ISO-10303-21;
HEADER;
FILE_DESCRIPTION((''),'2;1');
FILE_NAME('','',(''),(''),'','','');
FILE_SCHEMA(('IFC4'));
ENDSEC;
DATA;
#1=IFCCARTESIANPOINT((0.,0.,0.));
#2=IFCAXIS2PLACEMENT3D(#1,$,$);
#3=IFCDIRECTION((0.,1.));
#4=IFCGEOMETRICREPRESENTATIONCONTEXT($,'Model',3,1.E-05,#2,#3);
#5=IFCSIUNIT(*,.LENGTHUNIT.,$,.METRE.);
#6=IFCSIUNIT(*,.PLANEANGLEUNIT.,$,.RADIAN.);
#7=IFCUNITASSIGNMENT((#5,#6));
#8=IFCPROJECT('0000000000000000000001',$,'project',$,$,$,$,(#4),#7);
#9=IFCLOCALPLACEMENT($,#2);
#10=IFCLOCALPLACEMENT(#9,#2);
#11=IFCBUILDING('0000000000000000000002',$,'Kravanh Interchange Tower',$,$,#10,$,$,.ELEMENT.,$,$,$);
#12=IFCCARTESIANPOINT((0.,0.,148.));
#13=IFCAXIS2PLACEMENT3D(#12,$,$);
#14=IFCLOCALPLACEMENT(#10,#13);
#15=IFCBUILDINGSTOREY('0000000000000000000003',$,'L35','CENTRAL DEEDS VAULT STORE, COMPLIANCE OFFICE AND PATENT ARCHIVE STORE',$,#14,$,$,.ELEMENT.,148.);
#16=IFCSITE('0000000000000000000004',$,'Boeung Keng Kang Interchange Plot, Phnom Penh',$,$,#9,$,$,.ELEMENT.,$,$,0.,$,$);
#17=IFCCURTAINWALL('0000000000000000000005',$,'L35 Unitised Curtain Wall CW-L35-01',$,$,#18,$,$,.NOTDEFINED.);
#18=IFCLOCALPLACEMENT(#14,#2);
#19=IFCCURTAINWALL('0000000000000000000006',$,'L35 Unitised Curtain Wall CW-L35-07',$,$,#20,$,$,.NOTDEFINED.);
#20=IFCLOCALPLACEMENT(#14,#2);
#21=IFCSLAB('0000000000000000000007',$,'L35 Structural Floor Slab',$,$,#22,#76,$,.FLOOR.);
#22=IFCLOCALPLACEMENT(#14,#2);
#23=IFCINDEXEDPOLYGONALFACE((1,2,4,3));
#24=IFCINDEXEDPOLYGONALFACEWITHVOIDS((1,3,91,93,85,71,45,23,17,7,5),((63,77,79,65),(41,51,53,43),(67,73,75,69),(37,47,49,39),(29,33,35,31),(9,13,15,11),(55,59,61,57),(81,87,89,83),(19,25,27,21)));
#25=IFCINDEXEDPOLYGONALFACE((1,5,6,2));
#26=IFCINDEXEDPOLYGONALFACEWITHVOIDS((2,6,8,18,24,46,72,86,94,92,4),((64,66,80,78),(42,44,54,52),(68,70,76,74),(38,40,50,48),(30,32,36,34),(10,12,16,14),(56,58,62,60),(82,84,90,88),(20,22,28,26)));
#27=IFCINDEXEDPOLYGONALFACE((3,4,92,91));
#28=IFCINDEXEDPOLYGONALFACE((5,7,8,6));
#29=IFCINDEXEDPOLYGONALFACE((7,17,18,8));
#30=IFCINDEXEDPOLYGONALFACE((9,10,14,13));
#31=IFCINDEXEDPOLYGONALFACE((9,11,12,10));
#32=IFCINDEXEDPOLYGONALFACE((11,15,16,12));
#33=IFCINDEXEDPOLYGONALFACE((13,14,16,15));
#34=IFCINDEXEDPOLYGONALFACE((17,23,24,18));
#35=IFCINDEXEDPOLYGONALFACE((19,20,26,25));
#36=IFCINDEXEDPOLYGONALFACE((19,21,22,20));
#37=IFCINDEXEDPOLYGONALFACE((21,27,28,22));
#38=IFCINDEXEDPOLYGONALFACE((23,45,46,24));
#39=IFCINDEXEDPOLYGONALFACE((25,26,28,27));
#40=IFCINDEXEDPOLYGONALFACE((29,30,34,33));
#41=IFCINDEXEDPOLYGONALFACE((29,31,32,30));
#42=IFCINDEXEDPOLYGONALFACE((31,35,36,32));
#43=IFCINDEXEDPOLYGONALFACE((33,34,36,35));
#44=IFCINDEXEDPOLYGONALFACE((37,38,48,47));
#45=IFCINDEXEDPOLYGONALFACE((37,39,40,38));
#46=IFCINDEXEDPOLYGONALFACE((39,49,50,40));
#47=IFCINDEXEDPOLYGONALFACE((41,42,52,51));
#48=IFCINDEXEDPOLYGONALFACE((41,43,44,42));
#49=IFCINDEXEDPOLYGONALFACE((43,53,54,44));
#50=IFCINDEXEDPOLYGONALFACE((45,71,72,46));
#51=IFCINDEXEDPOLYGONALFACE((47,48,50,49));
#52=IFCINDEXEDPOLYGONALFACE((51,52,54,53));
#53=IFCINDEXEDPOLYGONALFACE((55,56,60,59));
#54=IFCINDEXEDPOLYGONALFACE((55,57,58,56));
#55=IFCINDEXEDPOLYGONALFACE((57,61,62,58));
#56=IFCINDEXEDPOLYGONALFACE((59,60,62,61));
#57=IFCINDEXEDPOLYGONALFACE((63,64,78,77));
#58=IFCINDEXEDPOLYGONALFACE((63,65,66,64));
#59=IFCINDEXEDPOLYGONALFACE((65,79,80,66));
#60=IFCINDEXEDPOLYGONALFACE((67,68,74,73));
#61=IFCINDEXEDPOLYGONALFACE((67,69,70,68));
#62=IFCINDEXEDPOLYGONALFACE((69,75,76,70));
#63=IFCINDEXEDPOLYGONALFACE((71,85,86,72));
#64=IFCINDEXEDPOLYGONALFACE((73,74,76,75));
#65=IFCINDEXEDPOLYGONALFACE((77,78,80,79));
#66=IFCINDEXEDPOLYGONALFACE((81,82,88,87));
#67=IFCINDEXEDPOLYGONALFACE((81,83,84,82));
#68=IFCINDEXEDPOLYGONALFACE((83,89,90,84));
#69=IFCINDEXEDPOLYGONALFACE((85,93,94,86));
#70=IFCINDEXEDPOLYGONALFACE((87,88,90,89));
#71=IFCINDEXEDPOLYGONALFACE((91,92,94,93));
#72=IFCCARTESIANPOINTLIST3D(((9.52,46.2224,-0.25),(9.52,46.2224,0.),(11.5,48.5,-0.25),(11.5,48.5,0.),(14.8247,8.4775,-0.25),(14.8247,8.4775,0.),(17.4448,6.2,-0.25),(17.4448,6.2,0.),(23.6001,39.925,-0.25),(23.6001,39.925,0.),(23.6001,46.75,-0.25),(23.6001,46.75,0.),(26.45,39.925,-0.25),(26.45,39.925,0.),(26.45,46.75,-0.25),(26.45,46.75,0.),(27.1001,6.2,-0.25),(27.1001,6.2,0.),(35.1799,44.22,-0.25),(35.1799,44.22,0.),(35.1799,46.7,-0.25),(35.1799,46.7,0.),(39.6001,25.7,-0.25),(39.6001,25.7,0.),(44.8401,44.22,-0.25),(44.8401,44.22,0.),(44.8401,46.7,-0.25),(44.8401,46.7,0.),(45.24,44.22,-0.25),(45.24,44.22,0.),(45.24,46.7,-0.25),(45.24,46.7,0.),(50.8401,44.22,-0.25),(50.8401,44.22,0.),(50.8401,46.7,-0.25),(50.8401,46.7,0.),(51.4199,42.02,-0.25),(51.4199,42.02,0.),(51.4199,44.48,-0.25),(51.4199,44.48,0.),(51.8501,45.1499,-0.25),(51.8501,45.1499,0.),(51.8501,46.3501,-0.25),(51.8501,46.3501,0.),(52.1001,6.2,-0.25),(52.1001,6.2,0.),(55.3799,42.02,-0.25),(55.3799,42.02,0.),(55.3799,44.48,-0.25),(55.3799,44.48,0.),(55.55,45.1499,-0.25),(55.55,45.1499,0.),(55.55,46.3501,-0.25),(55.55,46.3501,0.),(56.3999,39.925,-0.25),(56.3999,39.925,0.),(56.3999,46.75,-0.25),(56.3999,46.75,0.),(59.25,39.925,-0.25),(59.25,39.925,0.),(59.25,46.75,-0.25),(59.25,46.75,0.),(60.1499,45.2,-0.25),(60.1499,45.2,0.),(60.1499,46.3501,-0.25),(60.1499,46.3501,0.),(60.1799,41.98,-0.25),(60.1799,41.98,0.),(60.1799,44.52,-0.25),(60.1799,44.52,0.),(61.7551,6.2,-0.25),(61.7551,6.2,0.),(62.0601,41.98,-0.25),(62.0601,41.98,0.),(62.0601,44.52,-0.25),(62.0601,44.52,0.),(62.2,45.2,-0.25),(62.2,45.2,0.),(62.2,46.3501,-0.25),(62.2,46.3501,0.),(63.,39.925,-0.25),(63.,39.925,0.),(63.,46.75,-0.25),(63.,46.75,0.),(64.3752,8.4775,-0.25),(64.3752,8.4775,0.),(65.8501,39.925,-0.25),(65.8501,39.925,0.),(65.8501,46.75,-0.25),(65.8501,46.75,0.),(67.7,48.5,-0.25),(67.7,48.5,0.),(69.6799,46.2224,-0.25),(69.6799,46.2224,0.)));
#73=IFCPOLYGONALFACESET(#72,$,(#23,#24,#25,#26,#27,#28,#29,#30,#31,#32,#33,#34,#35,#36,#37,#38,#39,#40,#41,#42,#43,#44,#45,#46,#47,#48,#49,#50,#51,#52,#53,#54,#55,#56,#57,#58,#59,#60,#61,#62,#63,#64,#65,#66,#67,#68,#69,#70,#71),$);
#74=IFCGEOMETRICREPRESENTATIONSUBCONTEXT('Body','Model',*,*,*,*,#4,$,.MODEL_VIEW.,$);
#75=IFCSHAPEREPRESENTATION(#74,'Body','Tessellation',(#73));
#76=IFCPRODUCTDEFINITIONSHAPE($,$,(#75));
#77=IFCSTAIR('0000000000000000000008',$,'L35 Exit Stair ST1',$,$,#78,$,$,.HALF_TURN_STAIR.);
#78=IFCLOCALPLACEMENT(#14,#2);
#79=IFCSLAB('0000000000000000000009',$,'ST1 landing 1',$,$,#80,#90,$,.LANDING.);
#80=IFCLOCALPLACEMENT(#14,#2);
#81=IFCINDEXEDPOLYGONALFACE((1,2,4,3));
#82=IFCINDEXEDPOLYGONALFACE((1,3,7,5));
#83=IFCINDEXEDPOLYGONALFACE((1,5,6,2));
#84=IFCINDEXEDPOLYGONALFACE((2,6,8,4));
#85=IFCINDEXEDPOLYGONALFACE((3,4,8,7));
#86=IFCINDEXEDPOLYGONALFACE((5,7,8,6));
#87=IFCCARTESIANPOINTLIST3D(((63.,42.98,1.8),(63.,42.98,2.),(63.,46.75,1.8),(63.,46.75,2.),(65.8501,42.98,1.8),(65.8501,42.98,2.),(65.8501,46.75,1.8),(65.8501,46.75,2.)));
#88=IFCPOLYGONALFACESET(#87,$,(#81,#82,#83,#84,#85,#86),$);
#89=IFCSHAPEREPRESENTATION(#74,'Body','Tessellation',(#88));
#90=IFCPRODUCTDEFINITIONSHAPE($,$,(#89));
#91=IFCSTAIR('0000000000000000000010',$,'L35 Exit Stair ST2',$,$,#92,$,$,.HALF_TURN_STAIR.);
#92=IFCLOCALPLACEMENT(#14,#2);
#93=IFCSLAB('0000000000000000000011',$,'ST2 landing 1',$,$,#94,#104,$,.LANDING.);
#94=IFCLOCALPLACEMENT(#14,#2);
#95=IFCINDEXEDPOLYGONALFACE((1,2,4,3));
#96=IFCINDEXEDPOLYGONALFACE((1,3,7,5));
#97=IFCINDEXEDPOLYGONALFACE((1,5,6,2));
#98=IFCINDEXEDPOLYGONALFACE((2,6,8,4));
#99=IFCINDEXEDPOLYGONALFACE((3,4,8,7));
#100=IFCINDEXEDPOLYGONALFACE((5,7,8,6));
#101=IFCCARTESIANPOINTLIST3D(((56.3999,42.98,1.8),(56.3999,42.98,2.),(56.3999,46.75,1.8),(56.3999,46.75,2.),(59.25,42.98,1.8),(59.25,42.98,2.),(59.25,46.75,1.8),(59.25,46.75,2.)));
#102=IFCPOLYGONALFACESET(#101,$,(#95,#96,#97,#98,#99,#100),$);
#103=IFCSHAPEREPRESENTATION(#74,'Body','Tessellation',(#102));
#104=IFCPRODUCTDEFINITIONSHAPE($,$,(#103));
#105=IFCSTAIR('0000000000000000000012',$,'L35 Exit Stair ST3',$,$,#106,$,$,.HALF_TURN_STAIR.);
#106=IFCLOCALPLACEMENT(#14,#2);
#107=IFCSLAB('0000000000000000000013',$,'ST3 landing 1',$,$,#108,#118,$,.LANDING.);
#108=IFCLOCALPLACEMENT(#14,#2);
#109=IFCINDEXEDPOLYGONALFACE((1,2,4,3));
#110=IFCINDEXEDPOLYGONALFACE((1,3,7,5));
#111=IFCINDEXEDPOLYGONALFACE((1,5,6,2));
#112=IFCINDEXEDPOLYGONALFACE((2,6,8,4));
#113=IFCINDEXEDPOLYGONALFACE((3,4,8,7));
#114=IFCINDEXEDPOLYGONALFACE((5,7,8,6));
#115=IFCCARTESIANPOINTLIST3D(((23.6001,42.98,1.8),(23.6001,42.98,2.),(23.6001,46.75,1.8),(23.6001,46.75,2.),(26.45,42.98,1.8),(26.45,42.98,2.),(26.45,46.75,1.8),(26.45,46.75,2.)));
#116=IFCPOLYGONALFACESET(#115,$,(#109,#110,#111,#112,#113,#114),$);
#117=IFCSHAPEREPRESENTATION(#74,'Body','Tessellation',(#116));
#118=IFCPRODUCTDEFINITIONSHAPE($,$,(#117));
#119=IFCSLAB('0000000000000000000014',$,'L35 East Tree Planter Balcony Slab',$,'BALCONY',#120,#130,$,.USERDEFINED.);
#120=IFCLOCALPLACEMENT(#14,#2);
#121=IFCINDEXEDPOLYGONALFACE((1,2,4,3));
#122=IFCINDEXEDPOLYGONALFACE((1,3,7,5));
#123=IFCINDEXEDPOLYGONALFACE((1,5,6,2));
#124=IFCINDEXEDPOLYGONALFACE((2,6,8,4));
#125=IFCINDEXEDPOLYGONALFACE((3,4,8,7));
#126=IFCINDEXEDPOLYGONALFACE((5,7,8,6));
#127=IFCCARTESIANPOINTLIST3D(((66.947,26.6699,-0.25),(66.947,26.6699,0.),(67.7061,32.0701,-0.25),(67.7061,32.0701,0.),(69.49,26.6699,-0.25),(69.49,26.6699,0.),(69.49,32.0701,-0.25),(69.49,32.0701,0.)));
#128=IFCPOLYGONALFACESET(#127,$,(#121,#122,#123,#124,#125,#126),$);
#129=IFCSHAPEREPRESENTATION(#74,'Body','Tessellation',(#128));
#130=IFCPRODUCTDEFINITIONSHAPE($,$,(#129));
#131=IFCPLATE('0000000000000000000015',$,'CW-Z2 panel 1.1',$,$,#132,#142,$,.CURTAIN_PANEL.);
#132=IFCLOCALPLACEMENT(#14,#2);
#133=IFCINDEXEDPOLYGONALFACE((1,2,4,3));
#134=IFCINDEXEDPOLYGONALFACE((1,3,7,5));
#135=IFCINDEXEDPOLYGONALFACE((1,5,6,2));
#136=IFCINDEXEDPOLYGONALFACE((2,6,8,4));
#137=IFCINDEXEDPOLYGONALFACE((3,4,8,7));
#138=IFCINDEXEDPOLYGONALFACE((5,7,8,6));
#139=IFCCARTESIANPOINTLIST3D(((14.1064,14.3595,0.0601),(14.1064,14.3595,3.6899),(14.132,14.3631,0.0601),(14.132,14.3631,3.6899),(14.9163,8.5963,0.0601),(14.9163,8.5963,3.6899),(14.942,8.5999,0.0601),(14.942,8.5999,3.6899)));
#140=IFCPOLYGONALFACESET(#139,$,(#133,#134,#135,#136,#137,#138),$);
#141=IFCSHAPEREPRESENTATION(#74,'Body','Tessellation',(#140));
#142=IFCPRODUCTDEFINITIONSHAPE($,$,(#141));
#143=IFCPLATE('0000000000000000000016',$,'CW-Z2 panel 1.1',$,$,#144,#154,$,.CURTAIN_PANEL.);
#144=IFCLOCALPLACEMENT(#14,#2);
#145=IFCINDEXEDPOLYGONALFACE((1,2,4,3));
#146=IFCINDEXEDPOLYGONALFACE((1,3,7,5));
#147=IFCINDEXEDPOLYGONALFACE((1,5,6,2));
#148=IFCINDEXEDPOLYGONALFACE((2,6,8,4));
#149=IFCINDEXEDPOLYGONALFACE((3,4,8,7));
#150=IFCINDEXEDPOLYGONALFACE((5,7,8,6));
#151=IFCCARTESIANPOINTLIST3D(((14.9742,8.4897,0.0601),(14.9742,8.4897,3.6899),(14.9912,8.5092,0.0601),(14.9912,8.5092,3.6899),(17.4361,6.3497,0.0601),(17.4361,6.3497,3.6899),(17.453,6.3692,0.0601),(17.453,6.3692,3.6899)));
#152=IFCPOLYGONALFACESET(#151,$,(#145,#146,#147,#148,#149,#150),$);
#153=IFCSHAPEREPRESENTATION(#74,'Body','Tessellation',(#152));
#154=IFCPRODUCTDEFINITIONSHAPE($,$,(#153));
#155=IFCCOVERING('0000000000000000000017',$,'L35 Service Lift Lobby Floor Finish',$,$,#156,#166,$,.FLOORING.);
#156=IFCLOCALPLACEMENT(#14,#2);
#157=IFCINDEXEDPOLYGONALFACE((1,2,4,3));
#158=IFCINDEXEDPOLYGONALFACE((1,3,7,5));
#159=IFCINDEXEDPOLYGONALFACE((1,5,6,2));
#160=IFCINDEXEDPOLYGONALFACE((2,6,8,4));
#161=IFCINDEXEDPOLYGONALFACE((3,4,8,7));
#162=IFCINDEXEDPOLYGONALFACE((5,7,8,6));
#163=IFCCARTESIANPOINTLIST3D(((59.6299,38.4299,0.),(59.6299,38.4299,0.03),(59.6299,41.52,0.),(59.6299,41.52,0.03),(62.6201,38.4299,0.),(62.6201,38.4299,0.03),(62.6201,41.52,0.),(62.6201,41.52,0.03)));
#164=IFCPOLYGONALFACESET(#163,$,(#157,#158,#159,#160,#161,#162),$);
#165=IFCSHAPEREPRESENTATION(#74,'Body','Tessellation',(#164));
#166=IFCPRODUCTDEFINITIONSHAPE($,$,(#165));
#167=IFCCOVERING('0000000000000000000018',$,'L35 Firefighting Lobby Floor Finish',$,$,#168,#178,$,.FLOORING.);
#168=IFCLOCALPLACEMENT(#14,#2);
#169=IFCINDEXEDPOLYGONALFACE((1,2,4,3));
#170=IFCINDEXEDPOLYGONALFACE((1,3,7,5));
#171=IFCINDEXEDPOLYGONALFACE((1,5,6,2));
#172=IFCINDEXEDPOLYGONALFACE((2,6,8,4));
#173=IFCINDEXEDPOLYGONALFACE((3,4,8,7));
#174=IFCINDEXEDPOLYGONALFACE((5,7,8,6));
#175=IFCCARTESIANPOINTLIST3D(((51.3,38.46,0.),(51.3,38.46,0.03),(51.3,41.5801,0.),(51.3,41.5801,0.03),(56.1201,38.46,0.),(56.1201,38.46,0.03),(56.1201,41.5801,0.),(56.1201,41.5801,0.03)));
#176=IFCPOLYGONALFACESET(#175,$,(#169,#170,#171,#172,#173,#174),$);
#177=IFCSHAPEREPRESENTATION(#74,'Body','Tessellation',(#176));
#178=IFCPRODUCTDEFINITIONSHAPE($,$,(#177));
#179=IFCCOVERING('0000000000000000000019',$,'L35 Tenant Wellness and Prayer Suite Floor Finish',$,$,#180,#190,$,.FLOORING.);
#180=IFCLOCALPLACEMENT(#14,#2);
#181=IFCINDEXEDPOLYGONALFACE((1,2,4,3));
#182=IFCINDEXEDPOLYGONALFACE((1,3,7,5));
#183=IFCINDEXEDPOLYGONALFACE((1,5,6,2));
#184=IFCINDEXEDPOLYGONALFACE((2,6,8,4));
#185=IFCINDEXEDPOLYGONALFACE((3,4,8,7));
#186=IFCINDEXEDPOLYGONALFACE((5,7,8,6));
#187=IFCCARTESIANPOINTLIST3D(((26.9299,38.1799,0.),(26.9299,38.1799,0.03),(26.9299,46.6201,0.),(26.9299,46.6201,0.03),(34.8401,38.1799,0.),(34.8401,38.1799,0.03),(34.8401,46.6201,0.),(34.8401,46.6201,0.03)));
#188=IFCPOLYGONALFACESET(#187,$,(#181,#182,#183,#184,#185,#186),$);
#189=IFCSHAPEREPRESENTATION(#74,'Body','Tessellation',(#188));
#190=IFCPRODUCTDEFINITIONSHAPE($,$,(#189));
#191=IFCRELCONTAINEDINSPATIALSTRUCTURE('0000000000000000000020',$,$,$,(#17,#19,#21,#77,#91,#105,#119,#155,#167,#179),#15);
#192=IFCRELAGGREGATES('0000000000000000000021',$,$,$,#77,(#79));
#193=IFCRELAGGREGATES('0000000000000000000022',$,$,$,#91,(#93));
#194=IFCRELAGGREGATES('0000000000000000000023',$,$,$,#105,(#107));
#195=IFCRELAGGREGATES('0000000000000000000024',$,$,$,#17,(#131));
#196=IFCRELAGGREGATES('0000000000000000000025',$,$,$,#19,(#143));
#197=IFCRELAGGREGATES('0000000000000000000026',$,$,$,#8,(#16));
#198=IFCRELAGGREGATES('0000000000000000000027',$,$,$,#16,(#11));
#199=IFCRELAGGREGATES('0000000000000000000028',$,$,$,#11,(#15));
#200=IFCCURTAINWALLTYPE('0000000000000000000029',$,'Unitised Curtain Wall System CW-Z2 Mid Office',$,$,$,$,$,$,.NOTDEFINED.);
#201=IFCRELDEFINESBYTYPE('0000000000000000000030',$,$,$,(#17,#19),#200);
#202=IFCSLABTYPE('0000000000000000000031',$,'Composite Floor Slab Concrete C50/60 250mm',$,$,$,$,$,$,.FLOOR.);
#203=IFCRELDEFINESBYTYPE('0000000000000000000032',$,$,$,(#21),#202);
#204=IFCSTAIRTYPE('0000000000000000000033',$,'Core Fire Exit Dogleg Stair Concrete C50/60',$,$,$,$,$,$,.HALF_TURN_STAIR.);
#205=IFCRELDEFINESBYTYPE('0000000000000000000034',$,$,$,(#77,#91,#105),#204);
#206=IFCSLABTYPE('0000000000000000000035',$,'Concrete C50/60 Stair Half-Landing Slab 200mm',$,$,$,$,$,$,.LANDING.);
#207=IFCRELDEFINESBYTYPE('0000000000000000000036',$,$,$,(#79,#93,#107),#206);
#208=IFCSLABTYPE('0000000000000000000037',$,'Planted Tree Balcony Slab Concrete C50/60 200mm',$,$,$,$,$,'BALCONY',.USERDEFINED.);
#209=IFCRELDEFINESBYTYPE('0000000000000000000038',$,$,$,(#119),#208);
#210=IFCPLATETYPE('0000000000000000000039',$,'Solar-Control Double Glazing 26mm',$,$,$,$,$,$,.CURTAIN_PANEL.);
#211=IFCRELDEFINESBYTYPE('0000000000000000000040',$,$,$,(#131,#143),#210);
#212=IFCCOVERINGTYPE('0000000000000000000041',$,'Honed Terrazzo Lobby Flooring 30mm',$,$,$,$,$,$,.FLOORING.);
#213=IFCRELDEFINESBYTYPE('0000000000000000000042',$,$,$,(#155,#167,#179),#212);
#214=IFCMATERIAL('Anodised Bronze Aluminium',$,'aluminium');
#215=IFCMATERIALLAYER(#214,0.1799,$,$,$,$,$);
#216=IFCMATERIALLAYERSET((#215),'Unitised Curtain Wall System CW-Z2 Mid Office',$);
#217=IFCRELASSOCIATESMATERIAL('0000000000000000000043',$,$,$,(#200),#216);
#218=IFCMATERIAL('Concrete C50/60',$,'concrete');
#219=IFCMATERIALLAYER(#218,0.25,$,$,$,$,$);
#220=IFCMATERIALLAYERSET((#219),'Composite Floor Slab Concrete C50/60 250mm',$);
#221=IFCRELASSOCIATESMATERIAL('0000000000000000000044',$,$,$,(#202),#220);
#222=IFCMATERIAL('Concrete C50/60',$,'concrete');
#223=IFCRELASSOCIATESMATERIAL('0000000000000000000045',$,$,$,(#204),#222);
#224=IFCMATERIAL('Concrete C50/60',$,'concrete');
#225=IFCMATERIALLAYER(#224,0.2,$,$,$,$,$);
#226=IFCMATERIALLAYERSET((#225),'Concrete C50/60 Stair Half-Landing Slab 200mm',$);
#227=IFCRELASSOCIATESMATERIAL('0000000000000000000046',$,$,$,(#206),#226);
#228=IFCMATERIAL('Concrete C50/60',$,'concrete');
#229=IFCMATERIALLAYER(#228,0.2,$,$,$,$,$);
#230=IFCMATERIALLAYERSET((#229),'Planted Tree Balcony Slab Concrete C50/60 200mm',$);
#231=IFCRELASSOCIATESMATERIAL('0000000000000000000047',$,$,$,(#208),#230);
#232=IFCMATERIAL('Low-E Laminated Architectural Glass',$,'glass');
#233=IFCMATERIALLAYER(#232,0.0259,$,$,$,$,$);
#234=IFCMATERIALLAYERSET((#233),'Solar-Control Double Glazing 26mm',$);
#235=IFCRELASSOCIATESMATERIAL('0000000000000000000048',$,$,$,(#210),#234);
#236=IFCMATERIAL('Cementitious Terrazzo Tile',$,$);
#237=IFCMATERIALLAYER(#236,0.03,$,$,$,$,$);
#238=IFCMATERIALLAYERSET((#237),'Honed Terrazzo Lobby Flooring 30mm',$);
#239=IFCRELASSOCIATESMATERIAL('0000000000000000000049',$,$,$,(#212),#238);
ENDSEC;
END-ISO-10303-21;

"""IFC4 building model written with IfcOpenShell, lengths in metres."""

from ifc_helpers import new_model, si_unit, direction, frame, origin, origin_2d, place, context, subcontext, project, spatial, polyline, rectangle, outline, extrude, material, layer, layer_set, type_object, element, aggregate, save


model = new_model("IFC4")

# Units and contexts
model_context = context("Model", 3, precision=1e-05, world=origin(), true_north=direction((0.0, 1.0)))
body_context = subcontext(model_context, "Body", "Model", "MODEL_VIEW")
ifc_project = project(units=[si_unit("LENGTHUNIT", "METRE"), si_unit("PLANEANGLEUNIT", "RADIAN")], contexts=[model_context])

# Site, building, storey
site_placement = place(None, origin())
site = spatial("IfcSite", under=ifc_project, at=site_placement, Name="Boeung Keng Kang Interchange Plot, Phnom Penh", CompositionType="ELEMENT", RefElevation=0.0)
building_placement = place(site_placement, origin())
building = spatial("IfcBuilding", under=site, at=building_placement, Name="Kravanh Interchange Tower", CompositionType="ELEMENT")
storey_placement = place(building_placement, frame((0.0, 0.0, 148.0)))
storey = spatial("IfcBuildingStorey", under=building, at=storey_placement, Name="L35", Description="CENTRAL DEEDS VAULT STORE, COMPLIANCE OFFICE AND PATENT ARCHIVE STORE", CompositionType="ELEMENT", Elevation=148.0)

# Curtain wall
ifc_material_1 = material(Name="Anodised Bronze Aluminium", Category="aluminium")
ifc_layer_1 = layer(ifc_material_1, 0.1799)
ifc_layer_set_1 = layer_set([ifc_layer_1], Name="Unitised Curtain Wall System CW-Z2 Mid Office")
curtain_wall_type = type_object("IfcCurtainWallType", Name="Unitised Curtain Wall System CW-Z2 Mid Office", PredefinedType="NOTDEFINED", material=ifc_layer_set_1)
curtain_wall_1_placement = place(storey_placement, origin())
curtain_wall_1 = element("IfcCurtainWall", 1, at=curtain_wall_1_placement, inside=storey, type_object=curtain_wall_type, Name="L35 Unitised Curtain Wall CW-L35-01", PredefinedType="NOTDEFINED")

# Curtain wall
curtain_wall_2_placement = place(storey_placement, origin())
curtain_wall_2 = element("IfcCurtainWall", 2, at=curtain_wall_2_placement, inside=storey, type_object=curtain_wall_type, Name="L35 Unitised Curtain Wall CW-L35-07", PredefinedType="NOTDEFINED")

# Slab
ifc_material_2 = material(Name="Concrete C50/60", Category="concrete")
ifc_layer_2 = layer(ifc_material_2, 0.25)
ifc_layer_set_2 = layer_set([ifc_layer_2], Name="Composite Floor Slab Concrete C50/60 250mm")
slab_type_1 = type_object("IfcSlabType", Name="Composite Floor Slab Concrete C50/60 250mm", PredefinedType="FLOOR", material=ifc_layer_set_2)
slab_1_placement = place(storey_placement, frame((0.0, 0.0, -0.25)))
element("IfcSlab", 3, at=slab_1_placement, inside=storey, type_object=slab_type_1, Name="L35 Structural Floor Slab", PredefinedType="FLOOR", context=body_context, shape_type="SweptSolid", body=[
    extrude(outline(polyline([(14.8247, 8.4775), (17.4448, 6.2), (27.1001, 6.2), (39.6001, 25.7), (52.1001, 6.2), (61.7551, 6.2), (64.3752, 8.4775), (69.6799, 46.2224), (67.7, 48.5), (11.5, 48.5), (9.52, 46.2224), (14.8247, 8.4775)]), holes=[polyline([(65.8501, 39.925), (65.8501, 46.75), (63.0, 46.75), (63.0, 39.925), (65.8501, 39.925)]), polyline([(59.25, 39.925), (59.25, 46.75), (56.3999, 46.75), (56.3999, 39.925), (59.25, 39.925)]), polyline([(26.45, 39.925), (26.45, 46.75), (23.6001, 46.75), (23.6001, 39.925), (26.45, 39.925)]), polyline([(35.1799, 44.22), (44.8401, 44.22), (44.8401, 46.7), (35.1799, 46.7), (35.1799, 44.22)]), polyline([(45.24, 44.22), (50.8401, 44.22), (50.8401, 46.7), (45.24, 46.7), (45.24, 44.22)]), polyline([(51.4199, 42.02), (55.3799, 42.02), (55.3799, 44.48), (51.4199, 44.48), (51.4199, 42.02)]), polyline([(60.1799, 41.98), (62.0601, 41.98), (62.0601, 44.52), (60.1799, 44.52), (60.1799, 41.98)]), polyline([(60.1499, 45.2), (62.2, 45.2), (62.2, 46.3501), (60.1499, 46.3501), (60.1499, 45.2)]), polyline([(51.8501, 45.1499), (55.55, 45.1499), (55.55, 46.3501), (51.8501, 46.3501), (51.8501, 45.1499)])]), origin(), (0.0, 0.0, 1.0), 0.25),
])

# Stairs, slabs
ifc_material_3 = material(Name="Concrete C50/60", Category="concrete")
stair_type = type_object("IfcStairType", Name="Core Fire Exit Dogleg Stair Concrete C50/60", PredefinedType="HALF_TURN_STAIR", material=ifc_material_3)
stair_1_placement = place(storey_placement, origin())
stair_1 = element("IfcStair", 4, at=stair_1_placement, inside=storey, type_object=stair_type, Name="L35 Exit Stair ST1", PredefinedType="HALF_TURN_STAIR")
ifc_material_4 = material(Name="Concrete C50/60", Category="concrete")
ifc_layer_3 = layer(ifc_material_4, 0.2)
ifc_layer_set_3 = layer_set([ifc_layer_3], Name="Concrete C50/60 Stair Half-Landing Slab 200mm")
slab_type_2 = type_object("IfcSlabType", Name="Concrete C50/60 Stair Half-Landing Slab 200mm", PredefinedType="LANDING", material=ifc_layer_set_3)
slab_2_placement = place(storey_placement, frame((0.0, 0.0, 1.8)))
slab_2 = element("IfcSlab", 5, at=slab_2_placement, type_object=slab_type_2, Name="ST1 landing 1", PredefinedType="LANDING", context=body_context, shape_type="SweptSolid", body=[
    extrude(outline(polyline([(65.8501, 42.98), (65.8501, 46.75), (63.0, 46.75), (63.0, 42.98), (65.8501, 42.98)])), origin(), (0.0, 0.0, 1.0), 0.2),
])
aggregate(stair_1, [slab_2])
stair_2_placement = place(storey_placement, origin())
stair_2 = element("IfcStair", 6, at=stair_2_placement, inside=storey, type_object=stair_type, Name="L35 Exit Stair ST2", PredefinedType="HALF_TURN_STAIR")
slab_3_placement = place(storey_placement, frame((0.0, 0.0, 1.8)))
slab_3 = element("IfcSlab", 7, at=slab_3_placement, type_object=slab_type_2, Name="ST2 landing 1", PredefinedType="LANDING", context=body_context, shape_type="SweptSolid", body=[
    extrude(outline(polyline([(59.25, 42.98), (59.25, 46.75), (56.3999, 46.75), (56.3999, 42.98), (59.25, 42.98)])), origin(), (0.0, 0.0, 1.0), 0.2),
])
aggregate(stair_2, [slab_3])
stair_3_placement = place(storey_placement, origin())
stair_3 = element("IfcStair", 8, at=stair_3_placement, inside=storey, type_object=stair_type, Name="L35 Exit Stair ST3", PredefinedType="HALF_TURN_STAIR")
slab_4_placement = place(storey_placement, frame((0.0, 0.0, 1.8)))
slab_4 = element("IfcSlab", 9, at=slab_4_placement, type_object=slab_type_2, Name="ST3 landing 1", PredefinedType="LANDING", context=body_context, shape_type="SweptSolid", body=[
    extrude(outline(polyline([(26.45, 42.98), (26.45, 46.75), (23.6001, 46.75), (23.6001, 42.98), (26.45, 42.98)])), origin(), (0.0, 0.0, 1.0), 0.2),
])
aggregate(stair_3, [slab_4])

# Slab
ifc_material_5 = material(Name="Concrete C50/60", Category="concrete")
ifc_layer_4 = layer(ifc_material_5, 0.2)
ifc_layer_set_4 = layer_set([ifc_layer_4], Name="Planted Tree Balcony Slab Concrete C50/60 200mm")
slab_type_3 = type_object("IfcSlabType", Name="Planted Tree Balcony Slab Concrete C50/60 200mm", ElementType="BALCONY", PredefinedType="USERDEFINED", material=ifc_layer_set_4)
slab_5_placement = place(storey_placement, frame((0.0, 0.0, -0.25)))
element("IfcSlab", 10, at=slab_5_placement, inside=storey, type_object=slab_type_3, Name="L35 East Tree Planter Balcony Slab", ObjectType="BALCONY", PredefinedType="USERDEFINED", context=body_context, shape_type="SweptSolid", body=[
    extrude(outline(polyline([(69.49, 32.0701), (69.49, 26.6699), (66.947, 26.6699), (67.7061, 32.0701), (69.49, 32.0701)])), origin(), (0.0, 0.0, 1.0), 0.25),
])

# Plates
ifc_material_6 = material(Name="Low-E Laminated Architectural Glass", Category="glass")
ifc_layer_5 = layer(ifc_material_6, 0.0259)
ifc_layer_set_5 = layer_set([ifc_layer_5], Name="Solar-Control Double Glazing 26mm")
plate_type = type_object("IfcPlateType", Name="Solar-Control Double Glazing 26mm", PredefinedType="CURTAIN_PANEL", material=ifc_layer_set_5)
plate_1_placement = place(storey_placement, frame((14.5242, 11.4797, 0.0601), z_axis=(0.0, 0.0, 1.0), x_axis=(-0.139173, 0.990268, 0.0)))
plate_1 = element("IfcPlate", 11, at=plate_1_placement, type_object=plate_type, Name="CW-Z2 panel 1.1", PredefinedType="CURTAIN_PANEL", context=body_context, shape_type="SweptSolid", body=[
    extrude(rectangle(XDim=5.8198, YDim=0.0259, at=origin_2d()), origin(), (0.0, 0.0, 1.0), 3.6299),
])
aggregate(curtain_wall_1, [plate_1])
plate_2_placement = place(storey_placement, frame((16.2136, 7.4294, 0.0601), z_axis=(0.0, 0.0, 1.0), x_axis=(-0.754719, 0.656048, 0.0)))
plate_2 = element("IfcPlate", 12, at=plate_2_placement, type_object=plate_type, Name="CW-Z2 panel 1.1", PredefinedType="CURTAIN_PANEL", context=body_context, shape_type="SweptSolid", body=[
    extrude(rectangle(XDim=3.262, YDim=0.0259, at=origin_2d()), origin(), (0.0, 0.0, 1.0), 3.6299),
])
aggregate(curtain_wall_2, [plate_2])

# Coverings
ifc_material_7 = material(Name="Cementitious Terrazzo Tile")
ifc_layer_6 = layer(ifc_material_7, 0.03)
ifc_layer_set_6 = layer_set([ifc_layer_6], Name="Honed Terrazzo Lobby Flooring 30mm")
covering_type_1 = type_object("IfcCoveringType", Name="Honed Terrazzo Lobby Flooring 30mm", PredefinedType="FLOORING", material=ifc_layer_set_6)
covering_1_placement = place(storey_placement, origin())
element("IfcCovering", 13, at=covering_1_placement, inside=storey, type_object=covering_type_1, Name="L35 Service Lift Lobby Floor Finish", PredefinedType="FLOORING", context=body_context, shape_type="SweptSolid", body=[
    extrude(outline(polyline([(59.6299, 41.52), (62.6201, 41.52), (62.6201, 38.4299), (59.6299, 38.4299), (59.6299, 41.52)])), origin(), (0.0, 0.0, 1.0), 0.03),
])
covering_2_placement = place(storey_placement, origin())
element("IfcCovering", 14, at=covering_2_placement, inside=storey, type_object=covering_type_1, Name="L35 Firefighting Lobby Floor Finish", PredefinedType="FLOORING", context=body_context, shape_type="SweptSolid", body=[
    extrude(outline(polyline([(56.1201, 38.46), (51.3, 38.46), (51.3, 41.5801), (56.1201, 41.5801), (56.1201, 38.46)])), origin(), (0.0, 0.0, 1.0), 0.03),
])
covering_3_placement = place(storey_placement, origin())
element("IfcCovering", 15, at=covering_3_placement, inside=storey, type_object=covering_type_1, Name="L35 Tenant Wellness and Prayer Suite Floor Finish", PredefinedType="FLOORING", context=body_context, shape_type="SweptSolid", body=[
    extrude(outline(polyline([(26.9299, 46.6201), (34.8401, 46.6201), (34.8401, 38.1799), (26.9299, 38.1799), (26.9299, 46.6201)])), origin(), (0.0, 0.0, 1.0), 0.03),
])

save(model, "model.ifc")
